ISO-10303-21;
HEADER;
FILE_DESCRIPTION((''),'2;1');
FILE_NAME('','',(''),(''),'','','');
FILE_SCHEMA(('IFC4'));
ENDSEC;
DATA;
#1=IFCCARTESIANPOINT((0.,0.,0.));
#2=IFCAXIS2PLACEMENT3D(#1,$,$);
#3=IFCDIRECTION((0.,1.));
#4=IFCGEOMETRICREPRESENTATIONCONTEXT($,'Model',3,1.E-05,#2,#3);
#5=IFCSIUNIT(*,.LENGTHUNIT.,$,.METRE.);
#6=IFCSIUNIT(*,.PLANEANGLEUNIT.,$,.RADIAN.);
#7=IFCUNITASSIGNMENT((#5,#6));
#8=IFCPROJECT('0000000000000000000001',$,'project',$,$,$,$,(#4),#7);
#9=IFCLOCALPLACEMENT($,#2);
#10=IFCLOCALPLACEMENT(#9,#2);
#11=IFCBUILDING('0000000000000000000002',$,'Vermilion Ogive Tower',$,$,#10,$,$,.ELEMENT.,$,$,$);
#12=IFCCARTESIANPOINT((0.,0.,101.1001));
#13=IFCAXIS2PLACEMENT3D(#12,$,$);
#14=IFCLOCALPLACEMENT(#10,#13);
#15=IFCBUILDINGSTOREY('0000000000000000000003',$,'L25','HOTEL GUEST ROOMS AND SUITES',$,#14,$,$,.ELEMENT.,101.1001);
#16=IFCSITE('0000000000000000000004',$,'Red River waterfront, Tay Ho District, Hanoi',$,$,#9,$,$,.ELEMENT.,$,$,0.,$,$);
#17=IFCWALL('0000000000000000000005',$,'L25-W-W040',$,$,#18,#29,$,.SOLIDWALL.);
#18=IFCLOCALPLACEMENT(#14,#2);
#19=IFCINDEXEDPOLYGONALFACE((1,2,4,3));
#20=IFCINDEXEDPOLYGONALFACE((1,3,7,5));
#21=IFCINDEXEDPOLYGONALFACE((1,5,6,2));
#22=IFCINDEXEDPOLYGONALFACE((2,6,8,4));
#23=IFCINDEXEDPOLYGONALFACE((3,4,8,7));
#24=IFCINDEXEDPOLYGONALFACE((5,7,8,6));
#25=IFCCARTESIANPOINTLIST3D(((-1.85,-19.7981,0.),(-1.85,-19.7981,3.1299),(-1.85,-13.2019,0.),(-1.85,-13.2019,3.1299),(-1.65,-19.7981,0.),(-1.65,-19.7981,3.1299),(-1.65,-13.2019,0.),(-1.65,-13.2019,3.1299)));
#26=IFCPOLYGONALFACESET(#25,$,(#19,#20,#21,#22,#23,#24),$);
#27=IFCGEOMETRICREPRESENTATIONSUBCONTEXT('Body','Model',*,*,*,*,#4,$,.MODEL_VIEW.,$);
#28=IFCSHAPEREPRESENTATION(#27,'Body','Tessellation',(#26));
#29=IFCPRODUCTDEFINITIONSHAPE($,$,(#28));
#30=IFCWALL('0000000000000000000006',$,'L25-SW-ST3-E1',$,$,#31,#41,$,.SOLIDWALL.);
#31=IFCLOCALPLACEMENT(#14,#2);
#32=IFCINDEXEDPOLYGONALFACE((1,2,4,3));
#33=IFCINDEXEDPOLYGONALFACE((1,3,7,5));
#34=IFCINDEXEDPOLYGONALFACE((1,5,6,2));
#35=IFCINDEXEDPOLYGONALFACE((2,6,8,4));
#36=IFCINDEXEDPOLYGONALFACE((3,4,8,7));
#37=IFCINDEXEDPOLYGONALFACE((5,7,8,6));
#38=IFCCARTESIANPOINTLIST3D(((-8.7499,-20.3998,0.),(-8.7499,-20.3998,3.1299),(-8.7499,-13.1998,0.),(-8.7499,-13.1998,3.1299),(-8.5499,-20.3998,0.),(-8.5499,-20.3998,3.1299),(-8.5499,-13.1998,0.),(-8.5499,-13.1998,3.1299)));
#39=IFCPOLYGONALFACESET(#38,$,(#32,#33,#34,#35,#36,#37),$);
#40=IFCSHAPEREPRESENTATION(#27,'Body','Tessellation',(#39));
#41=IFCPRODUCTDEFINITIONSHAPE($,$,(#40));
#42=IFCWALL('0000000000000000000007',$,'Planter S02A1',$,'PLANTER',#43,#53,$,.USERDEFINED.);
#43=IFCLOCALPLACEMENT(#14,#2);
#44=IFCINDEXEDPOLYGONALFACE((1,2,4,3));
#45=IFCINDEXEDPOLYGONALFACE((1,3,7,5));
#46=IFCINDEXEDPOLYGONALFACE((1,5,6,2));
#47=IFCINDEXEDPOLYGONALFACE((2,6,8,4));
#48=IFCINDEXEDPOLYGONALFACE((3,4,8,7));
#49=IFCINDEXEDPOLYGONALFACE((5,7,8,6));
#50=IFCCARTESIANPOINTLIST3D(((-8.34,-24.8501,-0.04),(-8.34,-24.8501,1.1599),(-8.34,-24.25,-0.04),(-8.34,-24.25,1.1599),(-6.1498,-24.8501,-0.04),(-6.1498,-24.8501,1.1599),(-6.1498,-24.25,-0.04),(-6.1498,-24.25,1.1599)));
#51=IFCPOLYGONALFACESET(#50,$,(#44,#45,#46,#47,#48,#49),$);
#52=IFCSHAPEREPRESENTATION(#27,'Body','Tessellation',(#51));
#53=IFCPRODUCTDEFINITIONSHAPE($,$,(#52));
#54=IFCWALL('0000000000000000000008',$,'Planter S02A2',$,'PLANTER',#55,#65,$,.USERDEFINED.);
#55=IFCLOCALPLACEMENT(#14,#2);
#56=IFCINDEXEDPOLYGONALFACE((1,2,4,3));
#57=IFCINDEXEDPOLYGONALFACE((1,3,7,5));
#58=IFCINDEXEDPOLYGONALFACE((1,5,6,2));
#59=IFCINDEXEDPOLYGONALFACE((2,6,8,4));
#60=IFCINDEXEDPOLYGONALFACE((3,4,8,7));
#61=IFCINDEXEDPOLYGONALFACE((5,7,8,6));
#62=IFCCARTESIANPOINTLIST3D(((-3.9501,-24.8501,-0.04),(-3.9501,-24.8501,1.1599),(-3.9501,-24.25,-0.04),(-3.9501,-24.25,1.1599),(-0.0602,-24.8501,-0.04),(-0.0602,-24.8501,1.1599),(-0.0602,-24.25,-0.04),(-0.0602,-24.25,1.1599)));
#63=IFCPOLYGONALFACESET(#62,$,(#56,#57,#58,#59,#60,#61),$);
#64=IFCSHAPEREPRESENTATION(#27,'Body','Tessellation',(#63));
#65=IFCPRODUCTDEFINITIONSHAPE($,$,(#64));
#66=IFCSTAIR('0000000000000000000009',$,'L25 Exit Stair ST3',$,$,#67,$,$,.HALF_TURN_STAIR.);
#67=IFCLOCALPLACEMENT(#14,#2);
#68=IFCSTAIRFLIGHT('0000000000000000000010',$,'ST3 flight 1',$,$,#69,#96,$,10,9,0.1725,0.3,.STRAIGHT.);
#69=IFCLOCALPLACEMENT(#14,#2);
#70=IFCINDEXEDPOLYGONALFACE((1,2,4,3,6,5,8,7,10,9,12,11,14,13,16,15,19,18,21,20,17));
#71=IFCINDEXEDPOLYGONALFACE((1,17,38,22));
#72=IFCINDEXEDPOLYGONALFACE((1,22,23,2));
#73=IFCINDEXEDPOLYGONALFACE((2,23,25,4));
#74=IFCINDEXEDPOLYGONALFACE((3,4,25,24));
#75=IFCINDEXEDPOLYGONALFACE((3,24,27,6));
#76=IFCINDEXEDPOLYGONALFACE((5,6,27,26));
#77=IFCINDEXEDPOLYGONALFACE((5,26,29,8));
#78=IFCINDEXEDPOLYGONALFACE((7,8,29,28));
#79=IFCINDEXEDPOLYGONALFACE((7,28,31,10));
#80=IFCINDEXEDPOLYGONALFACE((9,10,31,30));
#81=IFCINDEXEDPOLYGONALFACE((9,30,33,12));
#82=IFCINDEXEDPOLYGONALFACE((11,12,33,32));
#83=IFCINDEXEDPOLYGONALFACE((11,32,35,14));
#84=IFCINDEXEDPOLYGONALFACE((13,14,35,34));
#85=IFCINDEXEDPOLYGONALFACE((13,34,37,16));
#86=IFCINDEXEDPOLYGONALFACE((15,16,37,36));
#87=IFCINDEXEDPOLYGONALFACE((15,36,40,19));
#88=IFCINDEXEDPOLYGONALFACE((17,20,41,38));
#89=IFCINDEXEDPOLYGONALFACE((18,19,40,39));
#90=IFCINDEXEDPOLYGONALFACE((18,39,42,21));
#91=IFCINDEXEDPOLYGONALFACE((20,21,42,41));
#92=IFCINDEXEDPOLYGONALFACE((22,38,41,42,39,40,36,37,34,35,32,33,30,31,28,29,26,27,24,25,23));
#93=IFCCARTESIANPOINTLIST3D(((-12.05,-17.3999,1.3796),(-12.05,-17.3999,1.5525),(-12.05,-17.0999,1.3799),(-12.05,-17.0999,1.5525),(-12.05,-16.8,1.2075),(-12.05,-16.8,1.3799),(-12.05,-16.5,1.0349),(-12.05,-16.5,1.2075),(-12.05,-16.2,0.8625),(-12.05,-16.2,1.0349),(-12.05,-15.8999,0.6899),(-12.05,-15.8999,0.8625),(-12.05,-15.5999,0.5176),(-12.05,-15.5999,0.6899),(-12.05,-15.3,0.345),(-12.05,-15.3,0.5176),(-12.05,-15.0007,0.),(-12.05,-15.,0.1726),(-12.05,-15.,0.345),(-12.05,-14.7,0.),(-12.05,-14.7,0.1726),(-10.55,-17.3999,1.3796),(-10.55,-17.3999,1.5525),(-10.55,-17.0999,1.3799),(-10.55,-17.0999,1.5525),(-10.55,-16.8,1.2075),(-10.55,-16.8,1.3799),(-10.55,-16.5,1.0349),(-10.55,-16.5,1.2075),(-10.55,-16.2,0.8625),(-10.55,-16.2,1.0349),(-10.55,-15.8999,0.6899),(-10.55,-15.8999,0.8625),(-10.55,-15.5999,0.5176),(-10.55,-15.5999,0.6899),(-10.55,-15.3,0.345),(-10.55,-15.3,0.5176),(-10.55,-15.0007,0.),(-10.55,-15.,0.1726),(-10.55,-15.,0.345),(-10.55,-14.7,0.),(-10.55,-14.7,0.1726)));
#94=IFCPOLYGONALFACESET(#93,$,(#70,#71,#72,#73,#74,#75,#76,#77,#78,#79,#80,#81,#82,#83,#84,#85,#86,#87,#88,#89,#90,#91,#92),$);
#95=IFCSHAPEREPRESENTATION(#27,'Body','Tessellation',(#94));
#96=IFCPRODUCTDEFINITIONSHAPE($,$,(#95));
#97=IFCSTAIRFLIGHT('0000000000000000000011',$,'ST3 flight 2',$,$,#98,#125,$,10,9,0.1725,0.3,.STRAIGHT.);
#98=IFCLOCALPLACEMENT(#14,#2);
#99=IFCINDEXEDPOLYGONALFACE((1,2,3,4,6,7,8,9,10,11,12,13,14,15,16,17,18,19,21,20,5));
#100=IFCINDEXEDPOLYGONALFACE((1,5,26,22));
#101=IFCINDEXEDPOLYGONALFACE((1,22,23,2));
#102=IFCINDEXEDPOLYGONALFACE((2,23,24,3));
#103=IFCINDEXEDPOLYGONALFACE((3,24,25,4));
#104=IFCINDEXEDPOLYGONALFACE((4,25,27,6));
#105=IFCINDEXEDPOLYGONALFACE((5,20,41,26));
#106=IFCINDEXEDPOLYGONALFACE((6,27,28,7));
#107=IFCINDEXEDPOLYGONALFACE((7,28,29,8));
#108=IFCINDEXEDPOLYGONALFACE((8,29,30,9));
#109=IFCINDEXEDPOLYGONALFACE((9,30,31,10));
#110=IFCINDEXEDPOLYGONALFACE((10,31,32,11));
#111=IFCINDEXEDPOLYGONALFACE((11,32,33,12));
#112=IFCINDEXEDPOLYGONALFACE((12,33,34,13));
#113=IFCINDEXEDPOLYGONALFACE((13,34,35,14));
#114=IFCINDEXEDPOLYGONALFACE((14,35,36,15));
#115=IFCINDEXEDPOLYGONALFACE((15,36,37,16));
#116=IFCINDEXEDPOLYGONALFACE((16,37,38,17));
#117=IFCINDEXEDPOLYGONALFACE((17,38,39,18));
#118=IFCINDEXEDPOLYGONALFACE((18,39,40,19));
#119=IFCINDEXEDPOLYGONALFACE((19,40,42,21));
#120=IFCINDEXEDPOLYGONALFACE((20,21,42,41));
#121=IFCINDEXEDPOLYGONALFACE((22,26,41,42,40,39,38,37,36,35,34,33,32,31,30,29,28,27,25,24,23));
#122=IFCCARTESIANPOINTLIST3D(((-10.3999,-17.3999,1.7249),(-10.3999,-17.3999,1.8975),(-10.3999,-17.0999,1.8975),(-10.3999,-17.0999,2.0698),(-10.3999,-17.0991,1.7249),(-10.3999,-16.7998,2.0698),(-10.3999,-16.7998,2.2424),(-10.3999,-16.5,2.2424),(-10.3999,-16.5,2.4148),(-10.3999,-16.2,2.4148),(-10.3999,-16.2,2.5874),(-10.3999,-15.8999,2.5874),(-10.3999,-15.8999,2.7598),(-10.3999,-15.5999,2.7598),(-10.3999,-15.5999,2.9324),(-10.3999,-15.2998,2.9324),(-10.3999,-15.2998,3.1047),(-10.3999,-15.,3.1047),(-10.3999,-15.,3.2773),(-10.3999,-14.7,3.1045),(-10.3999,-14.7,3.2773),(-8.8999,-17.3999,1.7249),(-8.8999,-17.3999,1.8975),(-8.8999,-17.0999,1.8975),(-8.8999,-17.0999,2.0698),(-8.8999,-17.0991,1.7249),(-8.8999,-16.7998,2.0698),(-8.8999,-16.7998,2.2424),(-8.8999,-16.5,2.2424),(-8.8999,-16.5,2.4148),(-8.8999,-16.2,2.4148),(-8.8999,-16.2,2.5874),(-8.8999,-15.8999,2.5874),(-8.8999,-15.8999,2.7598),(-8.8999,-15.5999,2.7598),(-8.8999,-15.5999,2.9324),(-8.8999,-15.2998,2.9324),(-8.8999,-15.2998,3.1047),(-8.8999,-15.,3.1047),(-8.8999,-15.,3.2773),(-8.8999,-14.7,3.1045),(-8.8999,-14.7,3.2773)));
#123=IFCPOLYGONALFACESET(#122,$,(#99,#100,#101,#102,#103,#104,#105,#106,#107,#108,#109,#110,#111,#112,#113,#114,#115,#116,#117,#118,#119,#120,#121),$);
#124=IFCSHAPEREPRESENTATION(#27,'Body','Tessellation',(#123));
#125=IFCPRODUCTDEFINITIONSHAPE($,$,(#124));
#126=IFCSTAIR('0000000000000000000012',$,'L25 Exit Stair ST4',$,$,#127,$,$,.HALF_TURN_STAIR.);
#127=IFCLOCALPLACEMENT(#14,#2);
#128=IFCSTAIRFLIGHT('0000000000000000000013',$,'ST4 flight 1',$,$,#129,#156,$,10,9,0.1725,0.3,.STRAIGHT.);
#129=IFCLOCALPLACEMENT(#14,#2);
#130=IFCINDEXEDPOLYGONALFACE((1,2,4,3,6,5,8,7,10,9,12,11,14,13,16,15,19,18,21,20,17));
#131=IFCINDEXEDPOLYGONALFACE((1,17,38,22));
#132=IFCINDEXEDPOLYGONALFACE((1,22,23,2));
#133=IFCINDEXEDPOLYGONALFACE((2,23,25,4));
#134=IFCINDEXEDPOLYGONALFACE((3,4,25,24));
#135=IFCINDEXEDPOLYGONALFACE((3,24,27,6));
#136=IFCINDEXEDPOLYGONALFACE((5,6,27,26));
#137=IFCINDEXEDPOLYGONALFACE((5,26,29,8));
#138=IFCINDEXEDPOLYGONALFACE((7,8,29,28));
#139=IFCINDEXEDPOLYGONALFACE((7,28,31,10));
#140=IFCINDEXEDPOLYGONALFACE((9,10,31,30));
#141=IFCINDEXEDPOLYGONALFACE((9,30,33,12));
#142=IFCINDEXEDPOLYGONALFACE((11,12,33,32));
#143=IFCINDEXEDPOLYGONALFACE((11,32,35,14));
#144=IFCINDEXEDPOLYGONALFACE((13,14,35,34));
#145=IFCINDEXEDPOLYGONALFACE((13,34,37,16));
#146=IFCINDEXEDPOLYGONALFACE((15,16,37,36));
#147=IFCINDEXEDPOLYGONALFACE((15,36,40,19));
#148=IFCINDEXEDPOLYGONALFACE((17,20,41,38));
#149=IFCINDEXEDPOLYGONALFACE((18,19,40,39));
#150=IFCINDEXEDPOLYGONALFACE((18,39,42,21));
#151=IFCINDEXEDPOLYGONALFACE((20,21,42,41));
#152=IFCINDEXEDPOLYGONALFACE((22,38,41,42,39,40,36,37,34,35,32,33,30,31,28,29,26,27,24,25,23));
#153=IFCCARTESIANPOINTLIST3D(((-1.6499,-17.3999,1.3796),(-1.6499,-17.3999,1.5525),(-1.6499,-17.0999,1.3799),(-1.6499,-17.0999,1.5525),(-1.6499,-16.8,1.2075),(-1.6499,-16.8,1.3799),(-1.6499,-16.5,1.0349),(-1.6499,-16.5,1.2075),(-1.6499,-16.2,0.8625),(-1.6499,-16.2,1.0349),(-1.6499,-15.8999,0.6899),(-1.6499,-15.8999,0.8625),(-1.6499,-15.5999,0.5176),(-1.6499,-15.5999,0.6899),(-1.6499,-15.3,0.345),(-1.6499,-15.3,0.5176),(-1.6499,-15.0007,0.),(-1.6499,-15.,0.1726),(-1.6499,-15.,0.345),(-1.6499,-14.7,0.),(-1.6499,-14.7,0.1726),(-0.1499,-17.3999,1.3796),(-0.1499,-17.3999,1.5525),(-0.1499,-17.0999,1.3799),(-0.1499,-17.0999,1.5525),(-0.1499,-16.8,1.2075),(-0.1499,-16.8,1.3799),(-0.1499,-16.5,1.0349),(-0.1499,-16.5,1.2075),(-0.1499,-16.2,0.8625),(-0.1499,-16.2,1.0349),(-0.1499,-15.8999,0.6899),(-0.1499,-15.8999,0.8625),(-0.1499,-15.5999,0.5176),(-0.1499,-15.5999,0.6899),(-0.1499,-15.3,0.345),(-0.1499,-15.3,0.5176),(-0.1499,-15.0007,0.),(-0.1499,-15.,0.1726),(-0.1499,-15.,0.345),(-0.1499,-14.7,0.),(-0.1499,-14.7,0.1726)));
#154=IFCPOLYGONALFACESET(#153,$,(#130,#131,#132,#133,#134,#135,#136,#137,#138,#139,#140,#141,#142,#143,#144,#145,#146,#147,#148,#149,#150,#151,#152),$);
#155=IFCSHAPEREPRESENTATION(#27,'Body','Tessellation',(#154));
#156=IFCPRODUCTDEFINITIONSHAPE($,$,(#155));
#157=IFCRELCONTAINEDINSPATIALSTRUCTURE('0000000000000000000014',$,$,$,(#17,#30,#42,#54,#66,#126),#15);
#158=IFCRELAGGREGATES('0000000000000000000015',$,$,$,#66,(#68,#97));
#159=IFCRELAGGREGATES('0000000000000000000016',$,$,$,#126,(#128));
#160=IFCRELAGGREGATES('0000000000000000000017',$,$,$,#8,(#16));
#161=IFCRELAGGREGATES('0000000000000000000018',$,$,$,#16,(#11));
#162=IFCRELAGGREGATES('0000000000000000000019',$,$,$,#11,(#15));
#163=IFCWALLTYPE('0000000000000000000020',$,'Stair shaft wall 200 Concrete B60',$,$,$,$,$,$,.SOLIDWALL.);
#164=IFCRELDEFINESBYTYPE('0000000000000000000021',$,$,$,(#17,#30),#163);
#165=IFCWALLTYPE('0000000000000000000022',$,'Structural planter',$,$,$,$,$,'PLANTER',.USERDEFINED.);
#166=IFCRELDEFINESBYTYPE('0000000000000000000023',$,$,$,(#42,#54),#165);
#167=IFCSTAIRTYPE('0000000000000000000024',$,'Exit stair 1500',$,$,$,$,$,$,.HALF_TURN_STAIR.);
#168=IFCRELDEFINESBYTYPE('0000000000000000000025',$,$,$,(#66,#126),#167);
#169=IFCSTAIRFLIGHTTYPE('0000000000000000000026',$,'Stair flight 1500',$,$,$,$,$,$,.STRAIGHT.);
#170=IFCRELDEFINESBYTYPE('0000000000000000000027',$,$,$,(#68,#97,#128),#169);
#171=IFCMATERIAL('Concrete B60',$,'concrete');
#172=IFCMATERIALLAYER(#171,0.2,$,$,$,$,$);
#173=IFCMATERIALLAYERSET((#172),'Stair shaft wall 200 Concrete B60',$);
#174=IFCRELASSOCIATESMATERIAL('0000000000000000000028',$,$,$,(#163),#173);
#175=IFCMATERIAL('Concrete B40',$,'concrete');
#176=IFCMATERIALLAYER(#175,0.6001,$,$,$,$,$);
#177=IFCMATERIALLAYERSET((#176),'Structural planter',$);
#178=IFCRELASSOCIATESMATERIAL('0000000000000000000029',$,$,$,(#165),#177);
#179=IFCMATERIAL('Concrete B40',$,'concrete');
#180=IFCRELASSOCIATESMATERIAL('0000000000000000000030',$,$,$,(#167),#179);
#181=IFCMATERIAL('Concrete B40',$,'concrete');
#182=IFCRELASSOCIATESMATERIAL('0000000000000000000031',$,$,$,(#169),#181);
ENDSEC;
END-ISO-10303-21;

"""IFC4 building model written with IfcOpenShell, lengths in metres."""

from ifc_helpers import new_model, si_unit, direction, frame, frame_2d, origin, place, context, subcontext, project, spatial, polyline, rectangle, outline, extrude, material, layer, layer_set, type_object, element, aggregate, save


model = new_model("IFC4")

# Units and contexts
model_context = context("Model", 3, precision=1e-05, world=origin(), true_north=direction((0.0, 1.0)))
body_context = subcontext(model_context, "Body", "Model", "MODEL_VIEW")
ifc_project = project(units=[si_unit("LENGTHUNIT", "METRE"), si_unit("PLANEANGLEUNIT", "RADIAN")], contexts=[model_context])

# Site, building, storey
site_placement = place(None, origin())
site = spatial("IfcSite", under=ifc_project, at=site_placement, Name="Red River waterfront, Tay Ho District, Hanoi", CompositionType="ELEMENT", RefElevation=0.0)
building_placement = place(site_placement, origin())
building = spatial("IfcBuilding", under=site, at=building_placement, Name="Vermilion Ogive Tower", CompositionType="ELEMENT")
storey_placement = place(building_placement, frame((0.0, 0.0, 101.1001)))
storey = spatial("IfcBuildingStorey", under=building, at=storey_placement, Name="L25", Description="HOTEL GUEST ROOMS AND SUITES", CompositionType="ELEMENT", Elevation=101.1001)

# Shared definitions
ifc_material_1 = material(Name="Concrete B60", Category="concrete")
ifc_layer_1 = layer(ifc_material_1, 0.2)
ifc_layer_set_1 = layer_set([ifc_layer_1], Name="Stair shaft wall 200 Concrete B60")
wall_type_1 = type_object("IfcWallType", Name="Stair shaft wall 200 Concrete B60", PredefinedType="SOLIDWALL", material=ifc_layer_set_1)

# Walls
wall_1_placement = place(storey_placement, frame((-1.75, -19.7981, 0.0), z_axis=(0.0, 0.0, 1.0), x_axis=(0.0, 1.0, 0.0)))
element("IfcWall", 1, at=wall_1_placement, inside=storey, type_object=wall_type_1, Name="L25-W-W040", PredefinedType="SOLIDWALL", context=body_context, shape_type="SweptSolid", body=[
    extrude(rectangle(XDim=6.5962, YDim=0.2, at=frame_2d((3.2981, 0.0))), origin(), (0.0, 0.0, 1.0), 3.1299),
])
wall_2_placement = place(storey_placement, frame((-8.6499, -20.3999, 0.0), z_axis=(0.0, 0.0, 1.0), x_axis=(0.0, 1.0, 0.0)))
element("IfcWall", 2, at=wall_2_placement, inside=storey, type_object=wall_type_1, Name="L25-SW-ST3-E1", PredefinedType="SOLIDWALL", context=body_context, shape_type="SweptSolid", body=[
    extrude(rectangle(XDim=7.2, YDim=0.2, at=frame_2d((3.6001, 0.0))), origin(), (0.0, 0.0, 1.0), 3.1299),
])
ifc_material_2 = material(Name="Concrete B40", Category="concrete")
ifc_layer_2 = layer(ifc_material_2, 0.6001)
ifc_layer_set_2 = layer_set([ifc_layer_2], Name="Structural planter")
wall_type_2 = type_object("IfcWallType", Name="Structural planter", ElementType="PLANTER", PredefinedType="USERDEFINED", material=ifc_layer_set_2)
wall_3_placement = place(storey_placement, frame((-8.3401, -24.55, -0.04), z_axis=(0.0, 0.0, 1.0), x_axis=(1.0, 0.0, 0.0)))
element("IfcWall", 3, at=wall_3_placement, inside=storey, type_object=wall_type_2, Name="Planter S02A1", ObjectType="PLANTER", PredefinedType="USERDEFINED", context=body_context, shape_type="SweptSolid", body=[
    extrude(rectangle(XDim=2.1902, YDim=0.6001, at=frame_2d((1.0952, 0.0))), origin(), (0.0, 0.0, 1.0), 1.2),
])
wall_4_placement = place(storey_placement, frame((-3.95, -24.55, -0.04), z_axis=(0.0, 0.0, 1.0), x_axis=(1.0, 0.0, 0.0)))
element("IfcWall", 4, at=wall_4_placement, inside=storey, type_object=wall_type_2, Name="Planter S02A2", ObjectType="PLANTER", PredefinedType="USERDEFINED", context=body_context, shape_type="SweptSolid", body=[
    extrude(rectangle(XDim=3.8899, YDim=0.6001, at=frame_2d((1.9448, 0.0))), origin(), (0.0, 0.0, 1.0), 1.2),
])

# Stair, stair flights
ifc_material_3 = material(Name="Concrete B40", Category="concrete")
stair_type = type_object("IfcStairType", Name="Exit stair 1500", PredefinedType="HALF_TURN_STAIR", material=ifc_material_3)
stair_1_placement = place(storey_placement, origin())
stair_1 = element("IfcStair", 5, at=stair_1_placement, inside=storey, type_object=stair_type, Name="L25 Exit Stair ST3", PredefinedType="HALF_TURN_STAIR")
ifc_material_4 = material(Name="Concrete B40", Category="concrete")
stair_flight_type = type_object("IfcStairFlightType", Name="Stair flight 1500", PredefinedType="STRAIGHT", material=ifc_material_4)
stair_flight_1_placement = place(storey_placement, frame((-11.3, -14.7, 0.0), z_axis=(0.0, 0.0, 1.0), x_axis=(0.0, -1.0, 0.0)))
stair_flight_1 = element("IfcStairFlight", 6, at=stair_flight_1_placement, type_object=stair_flight_type, Name="ST3 flight 1", NumberOfRisers=10, NumberOfTreads=9, PredefinedType="STRAIGHT", RiserHeight=0.1725, TreadLength=0.3, context=body_context, shape_type="SweptSolid", body=[
    extrude(outline(polyline([(0.0, 0.0), (0.0, 0.1726), (0.3, 0.1726), (0.3, 0.345), (0.6001, 0.345), (0.6001, 0.5176), (0.8999, 0.5176), (0.8999, 0.6899), (1.2, 0.6899), (1.2, 0.8625), (1.5, 0.8625), (1.5, 1.0349), (1.8, 1.0349), (1.8, 1.2075), (2.1001, 1.2075), (2.1001, 1.3799), (2.3999, 1.3799), (2.3999, 1.5525), (2.7, 1.5525), (2.7, 1.7251), (2.7, 1.3796), (0.3008, 0.0), (0.0, 0.0)])), frame((0.0, 0.75, 0.0), z_axis=(0.0, -1.0, 0.0), x_axis=(1.0, 0.0, 0.0)), (0.0, 0.0, 1.0), 1.5),
])
stair_flight_2_placement = place(storey_placement, frame((-9.6499, -17.3999, 1.7249), z_axis=(0.0, 0.0, 1.0), x_axis=(0.0, 1.0, 0.0)))
stair_flight_2 = element("IfcStairFlight", 7, at=stair_flight_2_placement, type_object=stair_flight_type, Name="ST3 flight 2", NumberOfRisers=10, NumberOfTreads=9, PredefinedType="STRAIGHT", RiserHeight=0.1725, TreadLength=0.3, context=body_context, shape_type="SweptSolid", body=[
    extrude(outline(polyline([(0.0, 0.0), (0.0, 0.1726), (0.3, 0.1726), (0.3, 0.345), (0.6001, 0.345), (0.6001, 0.5176), (0.8999, 0.5176), (0.8999, 0.6899), (1.2, 0.6899), (1.2, 0.8625), (1.5, 0.8625), (1.5, 1.0349), (1.8, 1.0349), (1.8, 1.2075), (2.1001, 1.2075), (2.1001, 1.3799), (2.3999, 1.3799), (2.3999, 1.5525), (2.7, 1.5525), (2.7, 1.7251), (2.7, 1.3796), (0.3008, 0.0), (0.0, 0.0)])), frame((0.0, 0.75, 0.0), z_axis=(0.0, -1.0, 0.0), x_axis=(1.0, 0.0, 0.0)), (0.0, 0.0, 1.0), 1.5),
])
aggregate(stair_1, [stair_flight_1, stair_flight_2])

# Stair, stair flight
stair_2_placement = place(storey_placement, origin())
stair_2 = element("IfcStair", 8, at=stair_2_placement, inside=storey, type_object=stair_type, Name="L25 Exit Stair ST4", PredefinedType="HALF_TURN_STAIR")
stair_flight_3_placement = place(storey_placement, frame((-0.8999, -14.7, 0.0), z_axis=(0.0, 0.0, 1.0), x_axis=(0.0, -1.0, 0.0)))
stair_flight_3 = element("IfcStairFlight", 9, at=stair_flight_3_placement, type_object=stair_flight_type, Name="ST4 flight 1", NumberOfRisers=10, NumberOfTreads=9, PredefinedType="STRAIGHT", RiserHeight=0.1725, TreadLength=0.3, context=body_context, shape_type="SweptSolid", body=[
    extrude(outline(polyline([(0.0, 0.0), (0.0, 0.1726), (0.3, 0.1726), (0.3, 0.345), (0.6001, 0.345), (0.6001, 0.5176), (0.8999, 0.5176), (0.8999, 0.6899), (1.2, 0.6899), (1.2, 0.8625), (1.5, 0.8625), (1.5, 1.0349), (1.8, 1.0349), (1.8, 1.2075), (2.1001, 1.2075), (2.1001, 1.3799), (2.3999, 1.3799), (2.3999, 1.5525), (2.7, 1.5525), (2.7, 1.7251), (2.7, 1.3796), (0.3008, 0.0), (0.0, 0.0)])), frame((0.0, 0.75, 0.0), z_axis=(0.0, -1.0, 0.0), x_axis=(1.0, 0.0, 0.0)), (0.0, 0.0, 1.0), 1.5),
])
aggregate(stair_2, [stair_flight_3])

save(model, "model.ifc")
